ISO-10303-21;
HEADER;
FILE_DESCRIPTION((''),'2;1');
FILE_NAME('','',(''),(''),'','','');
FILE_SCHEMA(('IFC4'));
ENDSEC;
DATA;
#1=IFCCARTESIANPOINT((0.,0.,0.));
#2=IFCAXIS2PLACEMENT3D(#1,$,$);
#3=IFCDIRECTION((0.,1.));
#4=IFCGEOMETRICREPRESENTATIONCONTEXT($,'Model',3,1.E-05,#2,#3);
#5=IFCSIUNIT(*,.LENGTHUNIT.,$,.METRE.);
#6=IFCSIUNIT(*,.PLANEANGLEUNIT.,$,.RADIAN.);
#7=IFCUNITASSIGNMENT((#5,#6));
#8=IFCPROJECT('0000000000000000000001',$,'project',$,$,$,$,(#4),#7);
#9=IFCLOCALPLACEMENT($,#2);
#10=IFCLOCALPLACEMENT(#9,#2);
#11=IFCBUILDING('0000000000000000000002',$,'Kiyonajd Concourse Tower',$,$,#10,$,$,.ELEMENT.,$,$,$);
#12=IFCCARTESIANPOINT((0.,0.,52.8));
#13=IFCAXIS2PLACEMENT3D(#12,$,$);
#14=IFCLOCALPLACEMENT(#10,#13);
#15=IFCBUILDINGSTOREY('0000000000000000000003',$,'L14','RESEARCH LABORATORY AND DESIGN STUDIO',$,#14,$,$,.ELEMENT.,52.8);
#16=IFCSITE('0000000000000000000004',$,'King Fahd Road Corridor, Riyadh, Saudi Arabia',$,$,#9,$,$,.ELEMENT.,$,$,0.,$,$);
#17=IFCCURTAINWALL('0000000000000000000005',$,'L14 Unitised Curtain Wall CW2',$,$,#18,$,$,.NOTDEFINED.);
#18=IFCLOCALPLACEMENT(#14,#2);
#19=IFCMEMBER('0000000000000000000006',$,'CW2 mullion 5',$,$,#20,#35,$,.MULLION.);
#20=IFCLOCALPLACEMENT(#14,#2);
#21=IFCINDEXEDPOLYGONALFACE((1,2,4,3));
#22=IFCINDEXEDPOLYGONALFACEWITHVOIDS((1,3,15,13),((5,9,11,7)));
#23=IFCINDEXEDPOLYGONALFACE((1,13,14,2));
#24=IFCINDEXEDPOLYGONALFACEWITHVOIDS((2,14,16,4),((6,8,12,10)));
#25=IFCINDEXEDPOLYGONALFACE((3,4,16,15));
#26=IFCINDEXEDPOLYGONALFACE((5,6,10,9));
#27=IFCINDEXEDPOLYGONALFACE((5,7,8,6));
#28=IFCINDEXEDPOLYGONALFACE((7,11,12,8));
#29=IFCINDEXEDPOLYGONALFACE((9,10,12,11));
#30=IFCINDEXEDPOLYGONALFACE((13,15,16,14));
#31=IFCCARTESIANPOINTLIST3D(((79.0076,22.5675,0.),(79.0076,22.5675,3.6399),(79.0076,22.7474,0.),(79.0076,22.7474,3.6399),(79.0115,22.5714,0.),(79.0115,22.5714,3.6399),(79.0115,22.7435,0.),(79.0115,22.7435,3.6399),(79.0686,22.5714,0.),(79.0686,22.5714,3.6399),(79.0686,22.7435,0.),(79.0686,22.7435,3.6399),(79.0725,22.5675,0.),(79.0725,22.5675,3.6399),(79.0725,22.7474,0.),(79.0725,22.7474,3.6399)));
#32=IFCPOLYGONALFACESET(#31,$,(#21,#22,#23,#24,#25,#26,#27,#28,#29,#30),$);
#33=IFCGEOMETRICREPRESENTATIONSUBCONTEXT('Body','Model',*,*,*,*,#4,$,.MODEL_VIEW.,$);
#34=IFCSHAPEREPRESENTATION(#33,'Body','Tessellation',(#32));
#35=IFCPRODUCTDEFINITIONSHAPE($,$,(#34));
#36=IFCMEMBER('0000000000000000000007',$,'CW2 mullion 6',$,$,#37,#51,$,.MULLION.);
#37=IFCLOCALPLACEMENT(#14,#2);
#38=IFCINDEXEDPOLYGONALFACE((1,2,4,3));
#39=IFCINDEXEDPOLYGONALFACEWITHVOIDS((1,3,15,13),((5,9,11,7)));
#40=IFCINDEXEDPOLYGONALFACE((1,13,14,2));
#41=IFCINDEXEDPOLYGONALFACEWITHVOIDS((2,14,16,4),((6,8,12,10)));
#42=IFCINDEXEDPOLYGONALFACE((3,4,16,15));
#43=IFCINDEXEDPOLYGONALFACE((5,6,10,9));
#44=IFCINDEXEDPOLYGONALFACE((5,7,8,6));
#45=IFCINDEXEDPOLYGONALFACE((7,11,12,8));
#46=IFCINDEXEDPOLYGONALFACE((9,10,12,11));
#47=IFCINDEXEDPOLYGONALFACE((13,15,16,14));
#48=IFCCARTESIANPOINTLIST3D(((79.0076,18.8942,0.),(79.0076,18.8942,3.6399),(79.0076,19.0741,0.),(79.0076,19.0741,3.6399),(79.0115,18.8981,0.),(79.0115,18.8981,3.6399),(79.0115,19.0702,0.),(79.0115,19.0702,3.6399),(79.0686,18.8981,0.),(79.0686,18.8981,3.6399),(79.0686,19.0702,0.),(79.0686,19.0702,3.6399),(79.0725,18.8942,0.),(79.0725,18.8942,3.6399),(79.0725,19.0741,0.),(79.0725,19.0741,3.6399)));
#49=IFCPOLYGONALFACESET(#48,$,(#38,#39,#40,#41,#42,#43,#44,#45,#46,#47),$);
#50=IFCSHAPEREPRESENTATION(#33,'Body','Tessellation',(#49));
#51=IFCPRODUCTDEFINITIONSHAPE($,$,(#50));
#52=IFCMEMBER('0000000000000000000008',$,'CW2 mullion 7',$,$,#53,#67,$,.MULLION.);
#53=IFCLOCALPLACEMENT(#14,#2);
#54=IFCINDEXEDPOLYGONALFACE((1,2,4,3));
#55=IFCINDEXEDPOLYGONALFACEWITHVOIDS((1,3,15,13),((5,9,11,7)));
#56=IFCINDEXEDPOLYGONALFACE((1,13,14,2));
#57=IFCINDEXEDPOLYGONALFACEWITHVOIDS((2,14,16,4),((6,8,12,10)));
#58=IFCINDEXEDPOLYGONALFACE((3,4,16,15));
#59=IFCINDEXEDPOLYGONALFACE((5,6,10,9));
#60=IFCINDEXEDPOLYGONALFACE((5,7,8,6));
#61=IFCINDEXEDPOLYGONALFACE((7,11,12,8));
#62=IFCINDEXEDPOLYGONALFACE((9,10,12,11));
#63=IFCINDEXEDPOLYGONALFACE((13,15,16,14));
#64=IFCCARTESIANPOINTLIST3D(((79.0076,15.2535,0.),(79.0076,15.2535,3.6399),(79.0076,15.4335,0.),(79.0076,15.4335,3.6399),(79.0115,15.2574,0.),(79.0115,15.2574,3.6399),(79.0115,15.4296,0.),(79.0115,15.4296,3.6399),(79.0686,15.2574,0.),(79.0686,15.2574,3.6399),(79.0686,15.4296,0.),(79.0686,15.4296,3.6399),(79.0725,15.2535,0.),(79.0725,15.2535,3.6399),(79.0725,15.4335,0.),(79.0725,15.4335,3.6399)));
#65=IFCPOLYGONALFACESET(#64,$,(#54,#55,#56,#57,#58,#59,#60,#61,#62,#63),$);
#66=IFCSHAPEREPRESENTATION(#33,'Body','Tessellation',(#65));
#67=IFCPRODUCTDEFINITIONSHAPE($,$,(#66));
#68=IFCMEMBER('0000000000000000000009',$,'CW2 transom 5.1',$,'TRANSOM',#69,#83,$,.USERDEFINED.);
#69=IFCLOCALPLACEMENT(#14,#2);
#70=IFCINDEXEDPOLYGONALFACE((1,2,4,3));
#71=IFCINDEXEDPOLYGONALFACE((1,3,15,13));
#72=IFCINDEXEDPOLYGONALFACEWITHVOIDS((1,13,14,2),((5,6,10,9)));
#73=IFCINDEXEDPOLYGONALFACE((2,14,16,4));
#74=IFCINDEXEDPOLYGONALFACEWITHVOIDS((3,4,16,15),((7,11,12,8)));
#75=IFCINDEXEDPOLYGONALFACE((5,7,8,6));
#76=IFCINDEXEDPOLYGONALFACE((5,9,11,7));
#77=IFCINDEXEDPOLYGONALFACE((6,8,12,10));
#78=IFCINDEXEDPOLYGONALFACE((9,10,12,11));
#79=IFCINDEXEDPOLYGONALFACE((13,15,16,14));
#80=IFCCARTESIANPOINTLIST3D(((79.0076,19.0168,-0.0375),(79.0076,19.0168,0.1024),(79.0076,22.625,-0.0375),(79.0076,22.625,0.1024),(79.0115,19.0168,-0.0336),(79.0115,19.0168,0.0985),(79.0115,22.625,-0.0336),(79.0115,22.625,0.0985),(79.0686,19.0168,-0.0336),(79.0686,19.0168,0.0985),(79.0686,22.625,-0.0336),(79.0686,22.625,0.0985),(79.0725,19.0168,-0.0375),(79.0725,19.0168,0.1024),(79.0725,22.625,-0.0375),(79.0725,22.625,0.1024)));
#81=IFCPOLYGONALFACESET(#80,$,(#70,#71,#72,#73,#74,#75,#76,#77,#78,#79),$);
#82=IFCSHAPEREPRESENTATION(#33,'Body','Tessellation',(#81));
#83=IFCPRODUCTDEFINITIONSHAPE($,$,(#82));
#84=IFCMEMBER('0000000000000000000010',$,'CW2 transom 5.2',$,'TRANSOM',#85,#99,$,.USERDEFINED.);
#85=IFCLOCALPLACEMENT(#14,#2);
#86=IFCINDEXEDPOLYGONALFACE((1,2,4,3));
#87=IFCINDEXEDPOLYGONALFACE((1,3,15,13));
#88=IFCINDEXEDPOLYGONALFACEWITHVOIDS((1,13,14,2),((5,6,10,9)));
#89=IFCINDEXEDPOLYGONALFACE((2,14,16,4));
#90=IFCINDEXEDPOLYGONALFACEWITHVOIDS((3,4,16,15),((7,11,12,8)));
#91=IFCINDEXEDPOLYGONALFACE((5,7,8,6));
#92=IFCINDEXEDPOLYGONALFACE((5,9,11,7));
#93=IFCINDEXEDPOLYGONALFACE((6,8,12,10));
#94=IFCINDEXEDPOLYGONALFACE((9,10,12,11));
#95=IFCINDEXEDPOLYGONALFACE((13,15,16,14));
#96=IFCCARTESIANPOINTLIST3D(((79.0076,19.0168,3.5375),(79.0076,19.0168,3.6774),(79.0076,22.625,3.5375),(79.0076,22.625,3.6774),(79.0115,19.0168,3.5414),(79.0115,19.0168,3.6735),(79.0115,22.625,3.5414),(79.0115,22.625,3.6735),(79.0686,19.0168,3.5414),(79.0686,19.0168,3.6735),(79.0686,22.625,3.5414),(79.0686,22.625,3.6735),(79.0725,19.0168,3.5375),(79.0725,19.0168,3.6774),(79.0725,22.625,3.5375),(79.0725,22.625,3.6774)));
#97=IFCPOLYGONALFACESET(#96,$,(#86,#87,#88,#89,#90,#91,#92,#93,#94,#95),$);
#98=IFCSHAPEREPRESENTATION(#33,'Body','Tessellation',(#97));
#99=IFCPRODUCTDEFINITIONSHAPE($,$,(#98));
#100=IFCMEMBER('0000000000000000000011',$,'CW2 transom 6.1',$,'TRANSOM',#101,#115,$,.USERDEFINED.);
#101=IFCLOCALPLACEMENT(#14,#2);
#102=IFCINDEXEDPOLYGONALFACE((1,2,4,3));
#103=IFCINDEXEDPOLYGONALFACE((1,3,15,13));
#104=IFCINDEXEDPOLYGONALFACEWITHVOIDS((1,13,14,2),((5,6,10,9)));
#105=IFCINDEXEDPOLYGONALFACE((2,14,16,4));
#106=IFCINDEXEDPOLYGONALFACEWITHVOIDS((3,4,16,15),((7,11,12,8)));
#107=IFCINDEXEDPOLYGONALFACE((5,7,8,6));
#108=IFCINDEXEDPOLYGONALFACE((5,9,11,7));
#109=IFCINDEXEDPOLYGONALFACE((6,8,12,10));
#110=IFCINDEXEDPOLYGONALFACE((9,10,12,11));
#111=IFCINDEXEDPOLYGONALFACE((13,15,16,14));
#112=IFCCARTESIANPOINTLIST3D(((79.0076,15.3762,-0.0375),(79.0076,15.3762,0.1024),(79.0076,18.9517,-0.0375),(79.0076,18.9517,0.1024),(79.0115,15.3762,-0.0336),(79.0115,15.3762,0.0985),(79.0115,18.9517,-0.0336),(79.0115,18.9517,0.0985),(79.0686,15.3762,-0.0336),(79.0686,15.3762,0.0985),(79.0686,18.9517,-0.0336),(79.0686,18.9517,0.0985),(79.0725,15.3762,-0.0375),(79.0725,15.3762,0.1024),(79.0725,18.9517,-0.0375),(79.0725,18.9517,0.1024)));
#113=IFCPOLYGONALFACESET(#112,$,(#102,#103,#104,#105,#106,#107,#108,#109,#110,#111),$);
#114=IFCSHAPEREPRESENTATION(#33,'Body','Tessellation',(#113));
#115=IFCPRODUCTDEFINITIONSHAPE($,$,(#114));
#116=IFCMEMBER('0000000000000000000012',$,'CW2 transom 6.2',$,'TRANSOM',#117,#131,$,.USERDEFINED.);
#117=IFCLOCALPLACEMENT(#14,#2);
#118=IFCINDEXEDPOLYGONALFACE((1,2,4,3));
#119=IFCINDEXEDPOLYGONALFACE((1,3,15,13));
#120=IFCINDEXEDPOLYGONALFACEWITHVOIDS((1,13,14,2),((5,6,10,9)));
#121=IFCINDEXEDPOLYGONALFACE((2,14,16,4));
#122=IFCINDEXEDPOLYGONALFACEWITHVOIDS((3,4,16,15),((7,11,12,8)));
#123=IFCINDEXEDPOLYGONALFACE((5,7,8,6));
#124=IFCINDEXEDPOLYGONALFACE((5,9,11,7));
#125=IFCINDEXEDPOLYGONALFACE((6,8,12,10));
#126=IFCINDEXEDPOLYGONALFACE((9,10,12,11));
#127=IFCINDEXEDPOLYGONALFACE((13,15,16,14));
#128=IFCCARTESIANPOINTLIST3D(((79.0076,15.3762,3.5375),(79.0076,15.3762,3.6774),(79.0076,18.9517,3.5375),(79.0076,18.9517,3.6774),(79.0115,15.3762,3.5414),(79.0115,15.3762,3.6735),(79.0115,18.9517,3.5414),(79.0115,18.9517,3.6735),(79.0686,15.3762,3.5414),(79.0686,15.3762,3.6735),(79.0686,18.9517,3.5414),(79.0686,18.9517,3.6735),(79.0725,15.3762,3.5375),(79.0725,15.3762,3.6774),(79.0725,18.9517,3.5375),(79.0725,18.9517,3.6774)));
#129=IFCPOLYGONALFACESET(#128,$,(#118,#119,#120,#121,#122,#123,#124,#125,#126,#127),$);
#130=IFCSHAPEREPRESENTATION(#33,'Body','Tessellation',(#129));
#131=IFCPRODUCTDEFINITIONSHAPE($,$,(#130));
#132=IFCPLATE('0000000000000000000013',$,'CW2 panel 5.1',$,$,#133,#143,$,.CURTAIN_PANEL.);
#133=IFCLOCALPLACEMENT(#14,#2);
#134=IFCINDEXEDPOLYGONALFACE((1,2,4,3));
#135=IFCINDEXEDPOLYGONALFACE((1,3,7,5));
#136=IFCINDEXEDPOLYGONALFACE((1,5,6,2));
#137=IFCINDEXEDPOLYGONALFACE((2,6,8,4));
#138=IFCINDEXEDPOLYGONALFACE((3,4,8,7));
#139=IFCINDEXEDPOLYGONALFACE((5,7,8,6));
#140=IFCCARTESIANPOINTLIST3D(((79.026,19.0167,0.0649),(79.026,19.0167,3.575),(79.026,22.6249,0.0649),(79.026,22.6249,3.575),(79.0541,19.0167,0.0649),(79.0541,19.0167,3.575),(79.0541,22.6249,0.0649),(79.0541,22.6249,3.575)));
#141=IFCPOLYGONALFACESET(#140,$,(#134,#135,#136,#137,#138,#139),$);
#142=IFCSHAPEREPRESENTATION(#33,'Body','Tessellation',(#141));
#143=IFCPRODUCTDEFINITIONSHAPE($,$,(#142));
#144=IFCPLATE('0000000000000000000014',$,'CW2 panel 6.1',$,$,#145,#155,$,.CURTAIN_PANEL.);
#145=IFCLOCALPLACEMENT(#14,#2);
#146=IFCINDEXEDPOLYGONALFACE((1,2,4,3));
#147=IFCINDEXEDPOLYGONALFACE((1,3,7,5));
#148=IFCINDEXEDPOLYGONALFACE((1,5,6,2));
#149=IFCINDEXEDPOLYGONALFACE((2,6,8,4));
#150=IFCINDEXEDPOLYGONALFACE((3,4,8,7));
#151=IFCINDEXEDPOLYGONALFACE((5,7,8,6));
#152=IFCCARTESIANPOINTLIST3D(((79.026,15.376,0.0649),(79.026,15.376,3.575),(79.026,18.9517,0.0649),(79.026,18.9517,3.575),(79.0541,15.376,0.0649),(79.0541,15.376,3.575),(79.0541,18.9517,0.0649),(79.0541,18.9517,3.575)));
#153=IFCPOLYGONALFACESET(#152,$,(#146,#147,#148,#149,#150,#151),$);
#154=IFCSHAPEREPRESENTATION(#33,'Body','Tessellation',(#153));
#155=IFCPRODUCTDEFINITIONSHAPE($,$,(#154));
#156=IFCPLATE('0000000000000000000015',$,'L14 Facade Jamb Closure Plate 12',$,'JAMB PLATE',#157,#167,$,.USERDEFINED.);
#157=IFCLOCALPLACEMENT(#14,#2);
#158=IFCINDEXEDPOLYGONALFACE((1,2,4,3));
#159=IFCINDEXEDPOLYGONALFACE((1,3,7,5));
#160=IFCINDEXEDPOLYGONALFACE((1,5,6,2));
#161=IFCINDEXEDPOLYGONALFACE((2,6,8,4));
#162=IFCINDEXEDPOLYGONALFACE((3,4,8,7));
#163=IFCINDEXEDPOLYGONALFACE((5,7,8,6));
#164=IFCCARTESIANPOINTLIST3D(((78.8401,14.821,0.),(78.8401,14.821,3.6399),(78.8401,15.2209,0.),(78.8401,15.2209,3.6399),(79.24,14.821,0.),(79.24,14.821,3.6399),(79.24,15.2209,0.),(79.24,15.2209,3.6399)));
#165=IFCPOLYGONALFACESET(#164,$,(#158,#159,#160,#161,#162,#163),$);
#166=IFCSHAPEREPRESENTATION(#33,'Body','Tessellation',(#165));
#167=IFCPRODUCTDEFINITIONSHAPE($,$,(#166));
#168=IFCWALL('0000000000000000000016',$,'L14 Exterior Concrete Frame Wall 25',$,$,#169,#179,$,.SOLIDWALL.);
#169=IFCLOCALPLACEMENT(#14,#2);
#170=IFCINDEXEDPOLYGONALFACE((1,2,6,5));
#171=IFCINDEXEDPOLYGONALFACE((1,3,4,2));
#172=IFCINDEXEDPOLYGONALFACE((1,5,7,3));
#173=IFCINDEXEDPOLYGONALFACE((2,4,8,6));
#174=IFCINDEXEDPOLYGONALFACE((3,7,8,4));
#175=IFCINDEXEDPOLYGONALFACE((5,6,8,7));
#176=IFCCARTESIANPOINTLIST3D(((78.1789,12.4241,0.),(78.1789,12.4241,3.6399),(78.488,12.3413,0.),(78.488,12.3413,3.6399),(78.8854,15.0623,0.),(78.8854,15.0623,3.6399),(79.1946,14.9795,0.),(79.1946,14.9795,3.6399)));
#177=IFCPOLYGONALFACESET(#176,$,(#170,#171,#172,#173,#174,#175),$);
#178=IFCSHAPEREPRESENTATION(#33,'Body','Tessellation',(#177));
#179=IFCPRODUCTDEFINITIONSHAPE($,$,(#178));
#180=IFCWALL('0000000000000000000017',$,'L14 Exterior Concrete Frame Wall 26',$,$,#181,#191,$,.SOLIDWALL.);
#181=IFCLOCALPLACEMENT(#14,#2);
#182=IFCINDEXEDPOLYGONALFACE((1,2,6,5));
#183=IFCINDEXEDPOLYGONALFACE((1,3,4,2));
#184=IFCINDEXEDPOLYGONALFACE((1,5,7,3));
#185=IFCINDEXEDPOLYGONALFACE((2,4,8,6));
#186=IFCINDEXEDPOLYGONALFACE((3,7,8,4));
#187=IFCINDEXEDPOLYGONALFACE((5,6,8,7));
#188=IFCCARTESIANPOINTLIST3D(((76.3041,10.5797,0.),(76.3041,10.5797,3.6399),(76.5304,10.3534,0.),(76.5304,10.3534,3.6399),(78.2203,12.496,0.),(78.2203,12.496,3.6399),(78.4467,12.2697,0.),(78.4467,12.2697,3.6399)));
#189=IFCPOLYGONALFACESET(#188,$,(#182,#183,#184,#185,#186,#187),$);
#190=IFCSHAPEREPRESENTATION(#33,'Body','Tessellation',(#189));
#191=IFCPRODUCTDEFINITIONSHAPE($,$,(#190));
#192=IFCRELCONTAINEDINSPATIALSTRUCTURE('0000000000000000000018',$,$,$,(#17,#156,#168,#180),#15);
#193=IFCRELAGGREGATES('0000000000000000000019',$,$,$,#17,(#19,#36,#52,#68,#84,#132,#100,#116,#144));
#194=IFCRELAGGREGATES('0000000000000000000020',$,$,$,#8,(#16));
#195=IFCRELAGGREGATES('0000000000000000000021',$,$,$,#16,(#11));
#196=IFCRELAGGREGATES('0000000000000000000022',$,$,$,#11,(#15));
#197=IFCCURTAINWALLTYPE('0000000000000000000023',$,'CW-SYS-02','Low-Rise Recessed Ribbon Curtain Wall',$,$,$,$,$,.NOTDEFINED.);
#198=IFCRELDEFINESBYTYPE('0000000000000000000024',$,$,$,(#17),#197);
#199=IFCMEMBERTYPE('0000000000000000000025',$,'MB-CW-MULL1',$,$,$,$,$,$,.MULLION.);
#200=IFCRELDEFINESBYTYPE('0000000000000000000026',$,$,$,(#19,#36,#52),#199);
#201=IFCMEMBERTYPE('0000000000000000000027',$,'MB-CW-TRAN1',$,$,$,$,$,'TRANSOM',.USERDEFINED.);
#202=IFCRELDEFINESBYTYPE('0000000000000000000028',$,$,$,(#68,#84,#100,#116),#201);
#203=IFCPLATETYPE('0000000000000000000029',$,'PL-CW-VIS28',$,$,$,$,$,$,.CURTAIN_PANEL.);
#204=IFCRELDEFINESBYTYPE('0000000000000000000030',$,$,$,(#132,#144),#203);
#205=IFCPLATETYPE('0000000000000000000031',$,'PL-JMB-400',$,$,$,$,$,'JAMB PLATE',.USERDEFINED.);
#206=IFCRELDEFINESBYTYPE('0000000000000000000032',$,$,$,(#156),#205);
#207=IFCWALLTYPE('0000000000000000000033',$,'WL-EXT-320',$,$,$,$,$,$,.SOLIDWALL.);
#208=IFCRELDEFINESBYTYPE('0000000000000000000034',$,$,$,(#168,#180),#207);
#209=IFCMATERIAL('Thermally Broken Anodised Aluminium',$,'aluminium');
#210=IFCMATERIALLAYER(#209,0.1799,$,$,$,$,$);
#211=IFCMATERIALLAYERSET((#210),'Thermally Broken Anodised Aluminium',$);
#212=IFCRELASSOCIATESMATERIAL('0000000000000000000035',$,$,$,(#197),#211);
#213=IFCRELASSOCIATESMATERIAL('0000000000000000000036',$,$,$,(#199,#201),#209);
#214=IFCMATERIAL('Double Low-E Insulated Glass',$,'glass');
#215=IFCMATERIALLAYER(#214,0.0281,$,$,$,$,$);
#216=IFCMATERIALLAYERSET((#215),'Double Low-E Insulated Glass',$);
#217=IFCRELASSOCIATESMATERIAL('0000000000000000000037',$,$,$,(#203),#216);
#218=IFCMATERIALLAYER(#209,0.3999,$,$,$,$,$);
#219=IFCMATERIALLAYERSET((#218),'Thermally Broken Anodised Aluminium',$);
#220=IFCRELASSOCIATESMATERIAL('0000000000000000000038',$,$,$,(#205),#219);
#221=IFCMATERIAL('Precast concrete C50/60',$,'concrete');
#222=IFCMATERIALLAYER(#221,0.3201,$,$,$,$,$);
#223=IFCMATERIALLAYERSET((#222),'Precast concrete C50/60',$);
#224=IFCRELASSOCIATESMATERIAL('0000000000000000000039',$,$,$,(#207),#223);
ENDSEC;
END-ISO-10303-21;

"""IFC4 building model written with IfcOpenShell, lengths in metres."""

from ifc_helpers import new_model, si_unit, direction, frame, frame_2d, origin, origin_2d, place, context, subcontext, project, spatial, rectangle, hollow_rectangle, extrude, material, layer, layer_set, material_profile, profile_set, type_object, element, aggregate, save


model = new_model("IFC4")

# Units and contexts
model_context = context("Model", 3, precision=1e-05, world=origin(), true_north=direction((0.0, 1.0)))
body_context = subcontext(model_context, "Body", "Model", "MODEL_VIEW")
ifc_project = project(units=[si_unit("LENGTHUNIT", "METRE"), si_unit("PLANEANGLEUNIT", "RADIAN")], contexts=[model_context])

# Site, building, storey
site_placement = place(None, origin())
site = spatial("IfcSite", under=ifc_project, at=site_placement, Name="King Fahd Road Corridor, Riyadh, Saudi Arabia", CompositionType="ELEMENT", RefElevation=0.0)
building_placement = place(site_placement, origin())
building = spatial("IfcBuilding", under=site, at=building_placement, Name="Kiyonajd Concourse Tower", CompositionType="ELEMENT")
storey_placement = place(building_placement, frame((0.0, 0.0, 52.8)))
storey = spatial("IfcBuildingStorey", under=building, at=storey_placement, Name="L14", Description="RESEARCH LABORATORY AND DESIGN STUDIO", CompositionType="ELEMENT", Elevation=52.8)

# Shared definitions
ifc_material_1 = material(Name="Precast concrete C50/60", Category="concrete")

# Curtain wall, members, plates
ifc_material_2 = material(Name="Thermally Broken Anodised Aluminium", Category="aluminium")
ifc_layer_1 = layer(ifc_material_2, 0.1799)
ifc_layer_set_1 = layer_set([ifc_layer_1], Name="Thermally Broken Anodised Aluminium")
curtain_wall_type = type_object("IfcCurtainWallType", Name="CW-SYS-02", Description="Low-Rise Recessed Ribbon Curtain Wall", PredefinedType="NOTDEFINED", material=ifc_layer_set_1)
curtain_wall_placement = place(storey_placement, origin())
curtain_wall = element("IfcCurtainWall", 1, at=curtain_wall_placement, inside=storey, type_object=curtain_wall_type, Name="L14 Unitised Curtain Wall CW2", PredefinedType="NOTDEFINED")
ifc_material_profile_1 = material_profile(ifc_material_2, hollow_rectangle(XDim=0.0649, YDim=0.1799, WallThickness=0.0039, at=origin_2d()), Name="MULL-65x180")
ifc_profile_set_1 = profile_set([ifc_material_profile_1], Name="Thermally Broken Anodised Aluminium")
member_type_1 = type_object("IfcMemberType", Name="MB-CW-MULL1", PredefinedType="MULLION", material=ifc_profile_set_1)
member_1_placement = place(storey_placement, frame((79.04, 22.6575, 0.0), z_axis=(0.0, 0.0, 1.0), x_axis=(1.0, 0.0, 0.0)))
member_1 = element("IfcMember", 2, at=member_1_placement, type_object=member_type_1, Name="CW2 mullion 5", PredefinedType="MULLION", context=body_context, shape_type="SweptSolid", body=[
    extrude(hollow_rectangle(XDim=0.0649, YDim=0.1799, WallThickness=0.0039, at=origin_2d()), origin(), (0.0, 0.0, 1.0), 3.6399),
])
member_2_placement = place(storey_placement, frame((79.04, 18.9841, 0.0), z_axis=(0.0, 0.0, 1.0), x_axis=(1.0, 0.0, 0.0)))
member_2 = element("IfcMember", 3, at=member_2_placement, type_object=member_type_1, Name="CW2 mullion 6", PredefinedType="MULLION", context=body_context, shape_type="SweptSolid", body=[
    extrude(hollow_rectangle(XDim=0.0649, YDim=0.1799, WallThickness=0.0039, at=origin_2d()), origin(), (0.0, 0.0, 1.0), 3.6399),
])
member_3_placement = place(storey_placement, frame((79.04, 15.3435, 0.0), z_axis=(0.0, 0.0, 1.0), x_axis=(1.0, 0.0, 0.0)))
member_3 = element("IfcMember", 4, at=member_3_placement, type_object=member_type_1, Name="CW2 mullion 7", PredefinedType="MULLION", context=body_context, shape_type="SweptSolid", body=[
    extrude(hollow_rectangle(XDim=0.0649, YDim=0.1799, WallThickness=0.0039, at=origin_2d()), origin(), (0.0, 0.0, 1.0), 3.6399),
])
ifc_material_profile_2 = material_profile(ifc_material_2, hollow_rectangle(XDim=0.0649, YDim=0.1399, WallThickness=0.0039, at=origin_2d()), Name="TRAN-65x140")
ifc_profile_set_2 = profile_set([ifc_material_profile_2], Name="Thermally Broken Anodised Aluminium")
member_type_2 = type_object("IfcMemberType", Name="MB-CW-TRAN1", ElementType="TRANSOM", PredefinedType="USERDEFINED", material=ifc_profile_set_2)
member_4_placement = place(storey_placement, frame((79.04, 22.625, 0.0325), z_axis=(0.0, -1.0, 0.0), x_axis=(1.0, 0.0, 0.0)))
member_4 = element("IfcMember", 5, at=member_4_placement, type_object=member_type_2, Name="CW2 transom 5.1", ObjectType="TRANSOM", PredefinedType="USERDEFINED", context=body_context, shape_type="SweptSolid", body=[
    extrude(hollow_rectangle(XDim=0.0649, YDim=0.1399, WallThickness=0.0039, at=origin_2d()), origin(), (0.0, 0.0, 1.0), 3.6082),
])
member_5_placement = place(storey_placement, frame((79.04, 22.625, 3.6074), z_axis=(0.0, -1.0, 0.0), x_axis=(1.0, 0.0, 0.0)))
member_5 = element("IfcMember", 6, at=member_5_placement, type_object=member_type_2, Name="CW2 transom 5.2", ObjectType="TRANSOM", PredefinedType="USERDEFINED", context=body_context, shape_type="SweptSolid", body=[
    extrude(hollow_rectangle(XDim=0.0649, YDim=0.1399, WallThickness=0.0039, at=origin_2d()), origin(), (0.0, 0.0, 1.0), 3.6082),
])
member_6_placement = place(storey_placement, frame((79.04, 18.9517, 0.0325), z_axis=(0.0, -1.0, 0.0), x_axis=(1.0, 0.0, 0.0)))
member_6 = element("IfcMember", 7, at=member_6_placement, type_object=member_type_2, Name="CW2 transom 6.1", ObjectType="TRANSOM", PredefinedType="USERDEFINED", context=body_context, shape_type="SweptSolid", body=[
    extrude(hollow_rectangle(XDim=0.0649, YDim=0.1399, WallThickness=0.0039, at=origin_2d()), origin(), (0.0, 0.0, 1.0), 3.5754),
])
member_7_placement = place(storey_placement, frame((79.04, 18.9517, 3.6074), z_axis=(0.0, -1.0, 0.0), x_axis=(1.0, 0.0, 0.0)))
member_7 = element("IfcMember", 8, at=member_7_placement, type_object=member_type_2, Name="CW2 transom 6.2", ObjectType="TRANSOM", PredefinedType="USERDEFINED", context=body_context, shape_type="SweptSolid", body=[
    extrude(hollow_rectangle(XDim=0.0649, YDim=0.1399, WallThickness=0.0039, at=origin_2d()), origin(), (0.0, 0.0, 1.0), 3.5754),
])
ifc_material_3 = material(Name="Double Low-E Insulated Glass", Category="glass")
ifc_layer_2 = layer(ifc_material_3, 0.0281)
ifc_layer_set_2 = layer_set([ifc_layer_2], Name="Double Low-E Insulated Glass")
plate_type_1 = type_object("IfcPlateType", Name="PL-CW-VIS28", PredefinedType="CURTAIN_PANEL", material=ifc_layer_set_2)
plate_1_placement = place(storey_placement, frame((79.04, 20.8208, 0.0649), z_axis=(0.0, 0.0, 1.0), x_axis=(0.0, -1.0, 0.0)))
plate_1 = element("IfcPlate", 9, at=plate_1_placement, type_object=plate_type_1, Name="CW2 panel 5.1", PredefinedType="CURTAIN_PANEL", context=body_context, shape_type="SweptSolid", body=[
    extrude(rectangle(XDim=3.6082, YDim=0.0281, at=origin_2d()), origin(), (0.0, 0.0, 1.0), 3.51),
])
plate_2_placement = place(storey_placement, frame((79.04, 17.1638, 0.0649), z_axis=(0.0, 0.0, 1.0), x_axis=(0.0, -1.0, 0.0)))
plate_2 = element("IfcPlate", 10, at=plate_2_placement, type_object=plate_type_1, Name="CW2 panel 6.1", PredefinedType="CURTAIN_PANEL", context=body_context, shape_type="SweptSolid", body=[
    extrude(rectangle(XDim=3.5757, YDim=0.0281, at=origin_2d()), origin(), (0.0, 0.0, 1.0), 3.51),
])
aggregate(curtain_wall, [member_1, member_2, member_3, member_4, member_5, plate_1, member_6, member_7, plate_2])

# Plate
ifc_layer_3 = layer(ifc_material_2, 0.3999)
ifc_layer_set_3 = layer_set([ifc_layer_3], Name="Thermally Broken Anodised Aluminium")
plate_type_2 = type_object("IfcPlateType", Name="PL-JMB-400", ElementType="JAMB PLATE", PredefinedType="USERDEFINED", material=ifc_layer_set_3)
plate_3_placement = place(storey_placement, frame((79.04, 15.021, 0.0), z_axis=(0.0, 0.0, 1.0), x_axis=(1.0, 0.0, 0.0)))
element("IfcPlate", 11, at=plate_3_placement, inside=storey, type_object=plate_type_2, Name="L14 Facade Jamb Closure Plate 12", ObjectType="JAMB PLATE", PredefinedType="USERDEFINED", context=body_context, shape_type="SweptSolid", body=[
    extrude(rectangle(XDim=0.3999, YDim=0.3999, at=origin_2d()), origin(), (0.0, 0.0, 1.0), 3.6399),
])

# Walls
ifc_layer_4 = layer(ifc_material_1, 0.3201)
ifc_layer_set_4 = layer_set([ifc_layer_4], Name="Precast concrete C50/60")
wall_type_1 = type_object("IfcWallType", Name="WL-EXT-320", PredefinedType="SOLIDWALL", material=ifc_layer_set_4)
wall_1_placement = place(storey_placement, frame((79.04, 15.021, 0.0), z_axis=(0.0, 0.0, 1.0), x_axis=(-0.258697, -0.965958, 0.0)))
element("IfcWall", 12, at=wall_1_placement, inside=storey, type_object=wall_type_1, Name="L14 Exterior Concrete Frame Wall 25", PredefinedType="SOLIDWALL", context=body_context, shape_type="SweptSolid", body=[
    extrude(rectangle(XDim=2.7312, YDim=0.3201, at=frame_2d((1.3657, 0.0))), origin(), (0.0, 0.0, 1.0), 3.6399),
])
wall_2_placement = place(storey_placement, frame((78.3335, 12.3828, 0.0), z_axis=(0.0, 0.0, 1.0), x_axis=(-0.707107, -0.707107, 0.0)))
element("IfcWall", 13, at=wall_2_placement, inside=storey, type_object=wall_type_1, Name="L14 Exterior Concrete Frame Wall 26", PredefinedType="SOLIDWALL", context=body_context, shape_type="SweptSolid", body=[
    extrude(rectangle(XDim=2.71, YDim=0.3201, at=frame_2d((1.355, 0.0))), origin(), (0.0, 0.0, 1.0), 3.6399),
])

save(model, "model.ifc")
